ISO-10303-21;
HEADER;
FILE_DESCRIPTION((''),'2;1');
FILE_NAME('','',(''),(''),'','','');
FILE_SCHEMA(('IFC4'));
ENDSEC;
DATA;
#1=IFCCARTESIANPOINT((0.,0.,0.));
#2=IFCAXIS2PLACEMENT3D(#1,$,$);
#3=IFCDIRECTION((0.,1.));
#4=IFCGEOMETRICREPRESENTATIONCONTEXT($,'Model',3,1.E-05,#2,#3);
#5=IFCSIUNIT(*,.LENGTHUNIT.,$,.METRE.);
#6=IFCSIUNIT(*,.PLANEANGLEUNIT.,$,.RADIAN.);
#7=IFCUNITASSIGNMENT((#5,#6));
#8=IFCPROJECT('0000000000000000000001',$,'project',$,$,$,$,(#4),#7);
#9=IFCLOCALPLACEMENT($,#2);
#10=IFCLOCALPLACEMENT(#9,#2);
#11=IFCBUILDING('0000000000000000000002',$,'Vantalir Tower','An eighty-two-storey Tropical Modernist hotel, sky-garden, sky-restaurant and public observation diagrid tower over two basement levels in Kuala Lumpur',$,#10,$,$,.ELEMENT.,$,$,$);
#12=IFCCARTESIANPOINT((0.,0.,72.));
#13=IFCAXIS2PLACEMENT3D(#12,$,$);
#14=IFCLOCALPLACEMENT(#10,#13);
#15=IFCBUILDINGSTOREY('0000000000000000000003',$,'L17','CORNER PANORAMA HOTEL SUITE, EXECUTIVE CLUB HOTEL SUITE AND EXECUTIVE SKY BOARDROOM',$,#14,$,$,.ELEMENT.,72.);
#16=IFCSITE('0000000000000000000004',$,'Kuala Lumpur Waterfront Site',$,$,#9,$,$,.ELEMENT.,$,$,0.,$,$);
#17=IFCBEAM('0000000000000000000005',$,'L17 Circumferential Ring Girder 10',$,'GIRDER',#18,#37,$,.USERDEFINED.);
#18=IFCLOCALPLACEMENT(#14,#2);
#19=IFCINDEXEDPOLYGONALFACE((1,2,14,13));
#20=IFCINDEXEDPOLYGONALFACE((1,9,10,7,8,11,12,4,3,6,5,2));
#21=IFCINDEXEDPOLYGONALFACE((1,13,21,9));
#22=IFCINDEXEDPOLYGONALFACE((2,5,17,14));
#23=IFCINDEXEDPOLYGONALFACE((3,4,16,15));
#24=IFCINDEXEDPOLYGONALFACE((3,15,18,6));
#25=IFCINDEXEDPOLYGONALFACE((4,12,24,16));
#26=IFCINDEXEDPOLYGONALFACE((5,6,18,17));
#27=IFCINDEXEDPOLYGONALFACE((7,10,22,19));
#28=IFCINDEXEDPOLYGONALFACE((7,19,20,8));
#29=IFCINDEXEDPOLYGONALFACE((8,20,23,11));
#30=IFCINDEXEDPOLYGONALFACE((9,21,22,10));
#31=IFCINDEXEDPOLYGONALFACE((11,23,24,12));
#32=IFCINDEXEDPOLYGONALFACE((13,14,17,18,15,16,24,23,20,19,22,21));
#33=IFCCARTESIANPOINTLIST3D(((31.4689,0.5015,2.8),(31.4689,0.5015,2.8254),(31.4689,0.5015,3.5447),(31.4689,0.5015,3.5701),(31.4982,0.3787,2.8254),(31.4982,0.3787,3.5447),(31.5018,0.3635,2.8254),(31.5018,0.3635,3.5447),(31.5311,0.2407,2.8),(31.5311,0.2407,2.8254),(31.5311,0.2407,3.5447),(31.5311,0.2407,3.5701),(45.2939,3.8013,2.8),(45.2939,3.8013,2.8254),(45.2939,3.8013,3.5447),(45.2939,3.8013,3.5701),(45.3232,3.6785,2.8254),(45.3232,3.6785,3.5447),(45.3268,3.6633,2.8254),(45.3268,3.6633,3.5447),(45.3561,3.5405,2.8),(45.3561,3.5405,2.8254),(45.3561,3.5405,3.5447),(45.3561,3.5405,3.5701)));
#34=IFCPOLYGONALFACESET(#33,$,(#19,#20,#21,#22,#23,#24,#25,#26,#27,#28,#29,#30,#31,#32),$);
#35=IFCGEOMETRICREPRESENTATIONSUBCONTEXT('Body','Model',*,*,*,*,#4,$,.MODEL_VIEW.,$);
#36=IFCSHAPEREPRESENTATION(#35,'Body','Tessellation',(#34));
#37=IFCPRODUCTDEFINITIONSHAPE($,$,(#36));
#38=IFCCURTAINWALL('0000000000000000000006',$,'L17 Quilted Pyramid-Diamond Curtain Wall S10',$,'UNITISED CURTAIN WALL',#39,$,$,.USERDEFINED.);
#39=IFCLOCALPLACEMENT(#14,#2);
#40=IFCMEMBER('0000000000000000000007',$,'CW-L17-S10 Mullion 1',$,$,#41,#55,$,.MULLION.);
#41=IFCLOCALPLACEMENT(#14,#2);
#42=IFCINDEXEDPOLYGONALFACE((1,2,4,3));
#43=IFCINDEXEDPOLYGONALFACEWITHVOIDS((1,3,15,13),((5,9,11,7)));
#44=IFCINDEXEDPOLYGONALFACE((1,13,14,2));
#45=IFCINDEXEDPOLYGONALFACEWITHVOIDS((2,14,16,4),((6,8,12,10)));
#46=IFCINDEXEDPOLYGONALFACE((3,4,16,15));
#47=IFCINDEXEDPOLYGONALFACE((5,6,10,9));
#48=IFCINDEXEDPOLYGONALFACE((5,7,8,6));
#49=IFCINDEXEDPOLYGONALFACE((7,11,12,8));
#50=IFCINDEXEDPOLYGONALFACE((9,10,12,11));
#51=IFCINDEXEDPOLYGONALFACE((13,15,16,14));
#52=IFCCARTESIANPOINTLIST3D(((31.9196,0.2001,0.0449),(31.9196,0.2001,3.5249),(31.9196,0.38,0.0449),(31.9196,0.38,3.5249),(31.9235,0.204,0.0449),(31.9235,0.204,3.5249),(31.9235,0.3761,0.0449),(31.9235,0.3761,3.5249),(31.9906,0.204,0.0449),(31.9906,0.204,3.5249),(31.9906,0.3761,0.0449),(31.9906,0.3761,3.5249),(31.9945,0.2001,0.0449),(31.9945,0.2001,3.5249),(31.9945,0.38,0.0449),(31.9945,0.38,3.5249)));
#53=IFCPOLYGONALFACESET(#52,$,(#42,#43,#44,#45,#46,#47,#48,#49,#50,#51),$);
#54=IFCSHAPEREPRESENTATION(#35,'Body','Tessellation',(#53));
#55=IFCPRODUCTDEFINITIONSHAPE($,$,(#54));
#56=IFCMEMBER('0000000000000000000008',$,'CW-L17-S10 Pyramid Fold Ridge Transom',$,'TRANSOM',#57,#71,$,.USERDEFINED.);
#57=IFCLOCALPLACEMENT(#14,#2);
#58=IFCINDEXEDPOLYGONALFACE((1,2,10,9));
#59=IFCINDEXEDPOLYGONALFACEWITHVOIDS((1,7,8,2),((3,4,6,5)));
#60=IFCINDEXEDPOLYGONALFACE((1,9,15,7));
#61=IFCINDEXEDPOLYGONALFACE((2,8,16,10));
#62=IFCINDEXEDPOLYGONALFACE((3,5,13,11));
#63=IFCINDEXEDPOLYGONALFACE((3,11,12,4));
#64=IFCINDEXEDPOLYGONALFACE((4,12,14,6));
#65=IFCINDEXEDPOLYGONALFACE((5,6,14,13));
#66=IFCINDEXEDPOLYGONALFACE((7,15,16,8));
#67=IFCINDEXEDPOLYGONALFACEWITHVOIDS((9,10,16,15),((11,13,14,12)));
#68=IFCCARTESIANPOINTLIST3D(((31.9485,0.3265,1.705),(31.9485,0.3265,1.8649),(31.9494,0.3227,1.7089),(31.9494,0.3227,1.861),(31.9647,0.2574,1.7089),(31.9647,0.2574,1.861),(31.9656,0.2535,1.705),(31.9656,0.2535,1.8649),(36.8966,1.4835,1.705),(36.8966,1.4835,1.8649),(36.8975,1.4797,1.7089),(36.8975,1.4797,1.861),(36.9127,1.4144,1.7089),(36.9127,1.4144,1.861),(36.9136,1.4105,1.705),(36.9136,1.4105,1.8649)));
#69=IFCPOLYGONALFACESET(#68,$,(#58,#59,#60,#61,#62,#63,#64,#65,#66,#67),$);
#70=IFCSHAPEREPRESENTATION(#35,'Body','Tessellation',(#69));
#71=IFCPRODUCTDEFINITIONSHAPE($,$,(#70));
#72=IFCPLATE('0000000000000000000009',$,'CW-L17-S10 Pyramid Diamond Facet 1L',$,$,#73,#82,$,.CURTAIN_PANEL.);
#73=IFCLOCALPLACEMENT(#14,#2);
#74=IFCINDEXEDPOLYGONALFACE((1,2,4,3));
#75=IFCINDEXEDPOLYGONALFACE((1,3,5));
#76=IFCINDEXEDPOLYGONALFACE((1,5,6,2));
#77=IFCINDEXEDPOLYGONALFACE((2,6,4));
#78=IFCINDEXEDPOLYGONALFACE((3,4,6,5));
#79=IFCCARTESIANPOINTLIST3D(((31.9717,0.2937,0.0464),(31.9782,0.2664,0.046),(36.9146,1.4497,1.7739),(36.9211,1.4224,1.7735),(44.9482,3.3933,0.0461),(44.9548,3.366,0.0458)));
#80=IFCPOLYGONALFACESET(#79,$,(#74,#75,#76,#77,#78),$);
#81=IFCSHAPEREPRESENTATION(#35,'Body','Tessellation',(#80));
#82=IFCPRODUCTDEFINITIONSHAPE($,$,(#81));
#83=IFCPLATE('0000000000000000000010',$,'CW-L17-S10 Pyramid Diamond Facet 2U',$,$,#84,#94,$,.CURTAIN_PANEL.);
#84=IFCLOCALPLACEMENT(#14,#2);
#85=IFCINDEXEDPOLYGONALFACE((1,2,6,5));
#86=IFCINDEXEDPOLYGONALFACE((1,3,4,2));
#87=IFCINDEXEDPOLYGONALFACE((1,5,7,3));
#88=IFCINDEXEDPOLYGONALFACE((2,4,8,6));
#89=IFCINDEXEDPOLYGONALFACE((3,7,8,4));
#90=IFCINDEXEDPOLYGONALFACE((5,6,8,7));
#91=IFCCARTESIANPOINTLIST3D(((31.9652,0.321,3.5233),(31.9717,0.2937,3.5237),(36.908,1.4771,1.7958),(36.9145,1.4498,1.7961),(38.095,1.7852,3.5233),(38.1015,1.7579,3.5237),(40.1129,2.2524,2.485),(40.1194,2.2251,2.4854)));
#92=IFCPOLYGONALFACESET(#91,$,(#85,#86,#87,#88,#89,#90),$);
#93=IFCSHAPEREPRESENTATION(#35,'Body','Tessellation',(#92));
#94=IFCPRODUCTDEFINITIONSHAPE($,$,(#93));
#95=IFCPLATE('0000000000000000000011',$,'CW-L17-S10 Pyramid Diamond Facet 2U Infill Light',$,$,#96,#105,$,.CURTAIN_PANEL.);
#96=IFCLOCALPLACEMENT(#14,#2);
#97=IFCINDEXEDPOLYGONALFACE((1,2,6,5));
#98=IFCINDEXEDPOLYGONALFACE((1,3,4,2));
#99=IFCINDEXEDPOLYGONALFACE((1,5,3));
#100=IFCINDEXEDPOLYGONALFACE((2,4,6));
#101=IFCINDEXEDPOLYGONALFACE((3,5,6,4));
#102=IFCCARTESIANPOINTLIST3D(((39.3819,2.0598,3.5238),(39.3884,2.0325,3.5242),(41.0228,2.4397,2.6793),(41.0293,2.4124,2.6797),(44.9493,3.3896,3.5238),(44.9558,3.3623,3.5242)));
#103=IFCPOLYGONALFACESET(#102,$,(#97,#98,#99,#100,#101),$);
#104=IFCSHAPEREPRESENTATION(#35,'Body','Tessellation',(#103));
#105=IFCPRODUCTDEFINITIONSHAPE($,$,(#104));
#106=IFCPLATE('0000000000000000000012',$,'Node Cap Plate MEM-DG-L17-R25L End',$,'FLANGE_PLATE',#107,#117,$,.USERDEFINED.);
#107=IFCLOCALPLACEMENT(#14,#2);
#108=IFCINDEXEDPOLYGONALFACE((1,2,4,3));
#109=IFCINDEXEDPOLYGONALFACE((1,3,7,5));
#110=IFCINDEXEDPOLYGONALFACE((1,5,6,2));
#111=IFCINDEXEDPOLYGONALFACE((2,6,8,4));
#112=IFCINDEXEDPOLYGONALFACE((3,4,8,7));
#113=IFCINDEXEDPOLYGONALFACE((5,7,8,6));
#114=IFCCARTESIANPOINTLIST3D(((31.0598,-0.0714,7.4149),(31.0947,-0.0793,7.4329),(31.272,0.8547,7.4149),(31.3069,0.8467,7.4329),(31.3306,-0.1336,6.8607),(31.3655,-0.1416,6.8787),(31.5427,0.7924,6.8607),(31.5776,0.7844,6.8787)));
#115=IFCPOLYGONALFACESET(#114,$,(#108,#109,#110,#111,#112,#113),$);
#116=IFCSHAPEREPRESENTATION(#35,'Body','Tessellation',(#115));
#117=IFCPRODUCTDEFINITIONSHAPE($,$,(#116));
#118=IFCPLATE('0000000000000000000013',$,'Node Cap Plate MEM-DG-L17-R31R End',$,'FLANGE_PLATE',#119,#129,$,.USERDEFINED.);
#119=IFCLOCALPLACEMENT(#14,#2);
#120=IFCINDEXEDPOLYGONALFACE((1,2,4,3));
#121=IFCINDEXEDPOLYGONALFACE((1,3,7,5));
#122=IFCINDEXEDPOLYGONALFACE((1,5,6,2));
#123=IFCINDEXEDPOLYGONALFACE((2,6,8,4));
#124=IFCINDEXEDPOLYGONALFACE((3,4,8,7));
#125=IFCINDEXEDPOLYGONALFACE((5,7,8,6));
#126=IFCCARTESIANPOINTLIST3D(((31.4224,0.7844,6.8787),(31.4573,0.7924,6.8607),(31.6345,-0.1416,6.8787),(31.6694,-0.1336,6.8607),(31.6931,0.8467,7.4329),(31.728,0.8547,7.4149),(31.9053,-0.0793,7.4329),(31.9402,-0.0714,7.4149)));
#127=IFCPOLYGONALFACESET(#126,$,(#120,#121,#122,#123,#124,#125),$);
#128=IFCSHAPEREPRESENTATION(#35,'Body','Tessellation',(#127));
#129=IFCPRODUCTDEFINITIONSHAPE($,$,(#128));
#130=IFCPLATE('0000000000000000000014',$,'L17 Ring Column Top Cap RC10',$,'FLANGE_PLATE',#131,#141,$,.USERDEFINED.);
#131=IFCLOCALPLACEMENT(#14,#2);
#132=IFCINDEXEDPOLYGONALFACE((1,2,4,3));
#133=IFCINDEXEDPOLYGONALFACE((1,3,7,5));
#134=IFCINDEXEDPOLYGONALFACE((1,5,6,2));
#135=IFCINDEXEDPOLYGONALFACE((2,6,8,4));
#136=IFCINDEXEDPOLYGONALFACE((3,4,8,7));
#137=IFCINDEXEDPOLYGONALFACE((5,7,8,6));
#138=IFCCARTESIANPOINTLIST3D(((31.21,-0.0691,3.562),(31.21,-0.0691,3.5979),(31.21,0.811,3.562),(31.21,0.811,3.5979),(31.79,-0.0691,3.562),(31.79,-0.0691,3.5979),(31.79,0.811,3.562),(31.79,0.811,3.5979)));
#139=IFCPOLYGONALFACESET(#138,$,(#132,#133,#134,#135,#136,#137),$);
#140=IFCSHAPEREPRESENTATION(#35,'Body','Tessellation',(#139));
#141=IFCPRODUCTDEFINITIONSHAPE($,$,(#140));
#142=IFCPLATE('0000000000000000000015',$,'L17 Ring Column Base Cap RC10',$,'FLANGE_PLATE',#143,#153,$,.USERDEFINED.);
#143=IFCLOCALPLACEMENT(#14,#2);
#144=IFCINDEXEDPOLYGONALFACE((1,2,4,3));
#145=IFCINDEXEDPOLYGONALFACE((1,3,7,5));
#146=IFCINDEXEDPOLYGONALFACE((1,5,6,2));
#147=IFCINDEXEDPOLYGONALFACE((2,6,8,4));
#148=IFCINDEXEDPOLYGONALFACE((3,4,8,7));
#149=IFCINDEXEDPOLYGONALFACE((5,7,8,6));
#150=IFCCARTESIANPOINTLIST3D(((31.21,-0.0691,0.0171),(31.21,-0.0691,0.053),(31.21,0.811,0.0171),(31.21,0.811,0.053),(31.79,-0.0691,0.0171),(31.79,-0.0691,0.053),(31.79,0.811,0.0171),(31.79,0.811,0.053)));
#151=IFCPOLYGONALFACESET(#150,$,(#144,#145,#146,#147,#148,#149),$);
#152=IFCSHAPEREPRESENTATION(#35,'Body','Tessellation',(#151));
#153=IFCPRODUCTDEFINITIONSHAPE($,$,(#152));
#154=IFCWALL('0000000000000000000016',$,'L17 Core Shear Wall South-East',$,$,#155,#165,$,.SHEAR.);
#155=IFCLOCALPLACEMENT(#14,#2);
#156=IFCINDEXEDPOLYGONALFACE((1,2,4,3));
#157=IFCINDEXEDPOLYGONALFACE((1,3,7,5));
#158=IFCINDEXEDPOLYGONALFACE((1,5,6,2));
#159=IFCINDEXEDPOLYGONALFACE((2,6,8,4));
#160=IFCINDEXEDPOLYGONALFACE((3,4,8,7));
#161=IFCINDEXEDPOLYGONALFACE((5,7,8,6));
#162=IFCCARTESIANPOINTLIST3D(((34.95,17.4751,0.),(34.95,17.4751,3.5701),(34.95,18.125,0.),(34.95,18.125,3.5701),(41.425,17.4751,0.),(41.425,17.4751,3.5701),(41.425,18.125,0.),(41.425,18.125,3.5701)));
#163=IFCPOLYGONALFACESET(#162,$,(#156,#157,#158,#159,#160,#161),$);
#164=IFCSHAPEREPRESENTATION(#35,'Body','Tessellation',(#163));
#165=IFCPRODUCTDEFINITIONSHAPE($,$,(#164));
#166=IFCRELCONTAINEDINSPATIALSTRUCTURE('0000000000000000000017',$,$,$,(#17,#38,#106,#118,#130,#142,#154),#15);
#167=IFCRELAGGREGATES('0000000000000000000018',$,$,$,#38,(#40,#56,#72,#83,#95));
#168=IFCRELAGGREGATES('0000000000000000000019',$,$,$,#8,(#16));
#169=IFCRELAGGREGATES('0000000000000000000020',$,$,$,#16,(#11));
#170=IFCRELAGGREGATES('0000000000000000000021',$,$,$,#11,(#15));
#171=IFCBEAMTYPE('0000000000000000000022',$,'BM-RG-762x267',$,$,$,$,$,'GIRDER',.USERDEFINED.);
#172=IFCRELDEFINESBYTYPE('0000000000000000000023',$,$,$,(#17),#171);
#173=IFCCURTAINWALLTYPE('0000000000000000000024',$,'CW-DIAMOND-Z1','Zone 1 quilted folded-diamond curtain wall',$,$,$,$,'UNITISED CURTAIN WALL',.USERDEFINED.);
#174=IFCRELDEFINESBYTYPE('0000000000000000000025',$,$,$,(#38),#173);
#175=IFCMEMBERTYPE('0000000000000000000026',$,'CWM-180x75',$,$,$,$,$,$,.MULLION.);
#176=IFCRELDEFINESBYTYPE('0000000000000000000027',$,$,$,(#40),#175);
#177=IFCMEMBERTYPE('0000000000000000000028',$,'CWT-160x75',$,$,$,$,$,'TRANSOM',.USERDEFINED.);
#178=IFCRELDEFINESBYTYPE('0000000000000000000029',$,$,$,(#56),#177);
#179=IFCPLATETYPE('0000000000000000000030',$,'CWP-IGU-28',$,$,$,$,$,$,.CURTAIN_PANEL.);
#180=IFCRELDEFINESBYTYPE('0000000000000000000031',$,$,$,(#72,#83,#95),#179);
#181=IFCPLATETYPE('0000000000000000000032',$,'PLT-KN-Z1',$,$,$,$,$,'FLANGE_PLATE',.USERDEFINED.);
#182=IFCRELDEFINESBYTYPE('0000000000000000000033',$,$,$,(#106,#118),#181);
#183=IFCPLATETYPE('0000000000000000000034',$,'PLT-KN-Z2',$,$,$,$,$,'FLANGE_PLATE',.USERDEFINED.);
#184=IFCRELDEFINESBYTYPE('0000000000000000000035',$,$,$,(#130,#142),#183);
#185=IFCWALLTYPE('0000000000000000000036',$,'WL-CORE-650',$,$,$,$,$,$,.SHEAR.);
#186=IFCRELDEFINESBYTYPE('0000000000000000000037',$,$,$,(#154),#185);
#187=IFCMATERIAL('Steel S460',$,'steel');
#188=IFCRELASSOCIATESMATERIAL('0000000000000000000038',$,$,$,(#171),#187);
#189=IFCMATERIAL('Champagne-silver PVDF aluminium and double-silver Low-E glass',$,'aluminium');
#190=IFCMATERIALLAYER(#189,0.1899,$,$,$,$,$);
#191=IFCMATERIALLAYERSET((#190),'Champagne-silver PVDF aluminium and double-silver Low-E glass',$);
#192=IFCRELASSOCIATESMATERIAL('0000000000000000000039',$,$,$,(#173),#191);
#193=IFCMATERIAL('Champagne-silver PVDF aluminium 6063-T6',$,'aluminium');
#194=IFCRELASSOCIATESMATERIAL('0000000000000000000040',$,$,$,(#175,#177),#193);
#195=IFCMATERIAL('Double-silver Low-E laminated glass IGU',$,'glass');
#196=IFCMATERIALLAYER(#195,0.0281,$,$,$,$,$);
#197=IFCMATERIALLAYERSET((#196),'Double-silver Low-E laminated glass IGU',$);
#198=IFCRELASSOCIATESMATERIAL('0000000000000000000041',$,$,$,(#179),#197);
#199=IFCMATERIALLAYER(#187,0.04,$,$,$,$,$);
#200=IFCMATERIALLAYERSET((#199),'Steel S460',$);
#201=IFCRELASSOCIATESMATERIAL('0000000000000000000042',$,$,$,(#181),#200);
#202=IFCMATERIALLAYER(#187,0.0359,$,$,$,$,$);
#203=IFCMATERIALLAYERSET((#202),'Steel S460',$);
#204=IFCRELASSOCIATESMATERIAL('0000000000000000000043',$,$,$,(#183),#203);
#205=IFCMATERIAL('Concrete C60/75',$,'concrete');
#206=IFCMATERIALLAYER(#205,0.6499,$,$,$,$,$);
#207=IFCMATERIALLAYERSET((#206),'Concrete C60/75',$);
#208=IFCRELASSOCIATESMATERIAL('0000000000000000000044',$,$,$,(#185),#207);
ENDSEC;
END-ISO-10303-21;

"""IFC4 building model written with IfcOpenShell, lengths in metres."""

from ifc_helpers import new_model, si_unit, direction, frame, frame_2d, origin, origin_2d, place, context, subcontext, project, spatial, polyline, rectangle, hollow_rectangle, i_section, outline, extrude, material, layer, layer_set, material_profile, profile_set, type_object, element, aggregate, save


model = new_model("IFC4")

# Units and contexts
model_context = context("Model", 3, precision=1e-05, world=origin(), true_north=direction((0.0, 1.0)))
body_context = subcontext(model_context, "Body", "Model", "MODEL_VIEW")
ifc_project = project(units=[si_unit("LENGTHUNIT", "METRE"), si_unit("PLANEANGLEUNIT", "RADIAN")], contexts=[model_context])

# Site, building, storey
site_placement = place(None, origin())
site = spatial("IfcSite", under=ifc_project, at=site_placement, Name="Kuala Lumpur Waterfront Site", CompositionType="ELEMENT", RefElevation=0.0)
building_placement = place(site_placement, origin())
building = spatial("IfcBuilding", under=site, at=building_placement, Name="Vantalir Tower", Description="An eighty-two-storey Tropical Modernist hotel, sky-garden, sky-restaurant and public observation diagrid tower over two basement levels in Kuala Lumpur", CompositionType="ELEMENT")
storey_placement = place(building_placement, frame((0.0, 0.0, 72.0)))
storey = spatial("IfcBuildingStorey", under=building, at=storey_placement, Name="L17", Description="CORNER PANORAMA HOTEL SUITE, EXECUTIVE CLUB HOTEL SUITE AND EXECUTIVE SKY BOARDROOM", CompositionType="ELEMENT", Elevation=72.0)

# Shared definitions
ifc_material_1 = material(Name="Concrete C60/75", Category="concrete")
ifc_material_2 = material(Name="Steel S460", Category="steel")

# Beam
ifc_material_profile_1 = material_profile(ifc_material_2, i_section(OverallWidth=0.2681, OverallDepth=0.77, WebThickness=0.0156, FlangeThickness=0.0254, at=origin_2d()), Name="Steel S460")
ifc_profile_set_1 = profile_set([ifc_material_profile_1], Name="Steel S460")
beam_type_1 = type_object("IfcBeamType", Name="BM-RG-762x267", ElementType="GIRDER", PredefinedType="USERDEFINED", material=ifc_profile_set_1)
beam_1_placement = place(storey_placement, frame((31.5, 0.3711, 3.1851), z_axis=(0.972677, 0.232163, 0.0), x_axis=(-0.232163, 0.972677, 0.0)))
element("IfcBeam", 1, at=beam_1_placement, inside=storey, type_object=beam_type_1, Name="L17 Circumferential Ring Girder 10", ObjectType="GIRDER", PredefinedType="USERDEFINED", context=body_context, shape_type="SweptSolid", body=[
    extrude(i_section(OverallWidth=0.2681, OverallDepth=0.77, WebThickness=0.0156, FlangeThickness=0.0254, at=origin_2d()), origin(), (0.0, 0.0, 1.0), 14.2134),
])

# Curtain wall, members, plates
ifc_material_3 = material(Name="Champagne-silver PVDF aluminium and double-silver Low-E glass", Category="aluminium")
ifc_layer_1 = layer(ifc_material_3, 0.1899)
ifc_layer_set_1 = layer_set([ifc_layer_1], Name="Champagne-silver PVDF aluminium and double-silver Low-E glass")
curtain_wall_type = type_object("IfcCurtainWallType", Name="CW-DIAMOND-Z1", Description="Zone 1 quilted folded-diamond curtain wall", ElementType="UNITISED CURTAIN WALL", PredefinedType="USERDEFINED", material=ifc_layer_set_1)
curtain_wall_placement = place(storey_placement, origin())
curtain_wall = element("IfcCurtainWall", 2, at=curtain_wall_placement, inside=storey, type_object=curtain_wall_type, Name="L17 Quilted Pyramid-Diamond Curtain Wall S10", ObjectType="UNITISED CURTAIN WALL", PredefinedType="USERDEFINED")
ifc_material_4 = material(Name="Champagne-silver PVDF aluminium 6063-T6", Category="aluminium")
ifc_material_profile_2 = material_profile(ifc_material_4, hollow_rectangle(XDim=0.075, YDim=0.1799, WallThickness=0.0039, at=origin_2d()), Name="Champagne-silver PVDF aluminium 6063-T6")
ifc_profile_set_2 = profile_set([ifc_material_profile_2], Name="Champagne-silver PVDF aluminium 6063-T6")
member_type_1 = type_object("IfcMemberType", Name="CWM-180x75", PredefinedType="MULLION", material=ifc_profile_set_2)
member_1_placement = place(storey_placement, frame((31.957, 0.29, 0.0449), z_axis=(0.0, 0.0, 1.0), x_axis=(1.0, 0.0, 0.0)))
member_1 = element("IfcMember", 3, at=member_1_placement, type_object=member_type_1, Name="CW-L17-S10 Mullion 1", PredefinedType="MULLION", context=body_context, shape_type="SweptSolid", body=[
    extrude(hollow_rectangle(XDim=0.075, YDim=0.1799, WallThickness=0.0039, at=origin_2d()), origin(), (0.0, 0.0, 1.0), 3.48),
])
ifc_material_profile_3 = material_profile(ifc_material_4, hollow_rectangle(XDim=0.075, YDim=0.1599, WallThickness=0.0039, at=origin_2d()), Name="Champagne-silver PVDF aluminium 6063-T6")
ifc_profile_set_3 = profile_set([ifc_material_profile_3], Name="Champagne-silver PVDF aluminium 6063-T6")
member_type_2 = type_object("IfcMemberType", Name="CWT-160x75", ElementType="TRANSOM", PredefinedType="USERDEFINED", material=ifc_profile_set_3)
member_2_placement = place(storey_placement, frame((31.957, 0.29, 1.7849), z_axis=(0.973734, 0.227687, 0.0), x_axis=(-0.227687, 0.973734, 0.0)))
member_2 = element("IfcMember", 4, at=member_2_placement, type_object=member_type_2, Name="CW-L17-S10 Pyramid Fold Ridge Transom", ObjectType="TRANSOM", PredefinedType="USERDEFINED", context=body_context, shape_type="SweptSolid", body=[
    extrude(hollow_rectangle(XDim=0.075, YDim=0.1599, WallThickness=0.0039, at=origin_2d()), origin(), (0.0, 0.0, 1.0), 5.0815),
])
ifc_material_5 = material(Name="Double-silver Low-E laminated glass IGU", Category="glass")
ifc_layer_2 = layer(ifc_material_5, 0.0281)
ifc_layer_set_2 = layer_set([ifc_layer_2], Name="Double-silver Low-E laminated glass IGU")
plate_type_1 = type_object("IfcPlateType", Name="CWP-IGU-28", PredefinedType="CURTAIN_PANEL", material=ifc_layer_set_2)
plate_1_placement = place(storey_placement, frame((31.9717, 0.2937, 0.0464), z_axis=(-0.232304, 0.972544, 0.013881), x_axis=(0.972638, 0.232326, -0.000018)))
plate_1 = element("IfcPlate", 5, at=plate_1_placement, type_object=plate_type_1, Name="CW-L17-S10 Pyramid Diamond Facet 1L", PredefinedType="CURTAIN_PANEL", context=body_context, shape_type="SweptSolid", body=[
    extrude(outline(polyline([(0.0, 0.0), (13.3416, 0.0), (5.0762, -1.7278), (0.0, 0.0)])), origin(), (0.0, 0.0, -1.0), 0.0281),
])
plate_2_placement = place(storey_placement, frame((31.9717, 0.2937, 3.5237), z_axis=(0.232303, -0.972545, 0.013835), x_axis=(0.972638, 0.232325, 0.0)))
plate_2 = element("IfcPlate", 6, at=plate_2_placement, type_object=plate_type_1, Name="CW-L17-S10 Pyramid Diamond Facet 2U", PredefinedType="CURTAIN_PANEL", context=body_context, shape_type="SweptSolid", body=[
    extrude(outline(polyline([(0.0, 0.0), (6.3023, 0.0), (8.3735, -1.0384), (5.0762, -1.7277), (0.0, 0.0)])), origin(), (0.0, 0.0, -1.0), 0.0281),
])
plate_3_placement = place(storey_placement, frame((39.3884, 2.0325, 3.5242), z_axis=(0.232303, -0.972544, 0.013886), x_axis=(0.972638, 0.232326, 0.0)))
plate_3 = element("IfcPlate", 7, at=plate_3_placement, type_object=plate_type_1, Name="CW-L17-S10 Pyramid Diamond Facet 2U Infill Light", PredefinedType="CURTAIN_PANEL", context=body_context, shape_type="SweptSolid", body=[
    extrude(outline(polyline([(0.0, 0.0), (5.724, 0.0), (1.6842, -0.8446), (0.0, 0.0)])), origin(), (0.0, 0.0, -1.0), 0.0281),
])
aggregate(curtain_wall, [member_1, member_2, plate_1, plate_2, plate_3])

# Plates
ifc_layer_3 = layer(ifc_material_2, 0.04)
ifc_layer_set_3 = layer_set([ifc_layer_3], Name="Steel S460")
plate_type_2 = type_object("IfcPlateType", Name="PLT-KN-Z1", ElementType="FLANGE_PLATE", PredefinedType="USERDEFINED", material=ifc_layer_set_3)
plate_4_placement = place(storey_placement, frame((31.3655, -0.1416, 6.8787), z_axis=(0.871387, -0.19964, 0.448139), x_axis=(0.22332, 0.974745, 0.0)))
element("IfcPlate", 8, at=plate_4_placement, inside=storey, type_object=plate_type_2, Name="Node Cap Plate MEM-DG-L17-R25L End", ObjectType="FLANGE_PLATE", PredefinedType="USERDEFINED", context=body_context, shape_type="SweptSolid", body=[
    extrude(outline(polyline([(0.0, 0.0), (0.95, 0.0), (0.9502, 0.6199), (0.0002, 0.6199), (0.0, 0.0)])), origin(), (0.0, 0.0, -1.0), 0.04),
])
plate_5_placement = place(storey_placement, frame((31.4224, 0.7844, 6.8787), z_axis=(-0.871387, -0.19964, 0.448139), x_axis=(0.22332, -0.974745, 0.0)))
element("IfcPlate", 9, at=plate_5_placement, inside=storey, type_object=plate_type_2, Name="Node Cap Plate MEM-DG-L17-R31R End", ObjectType="FLANGE_PLATE", PredefinedType="USERDEFINED", context=body_context, shape_type="SweptSolid", body=[
    extrude(outline(polyline([(0.0, 0.0), (0.95, 0.0), (0.9498, 0.6199), (-0.0002, 0.6199), (0.0, 0.0)])), origin(), (0.0, 0.0, -1.0), 0.04),
])
ifc_layer_4 = layer(ifc_material_2, 0.0359)
ifc_layer_set_4 = layer_set([ifc_layer_4], Name="Steel S460")
plate_type_3 = type_object("IfcPlateType", Name="PLT-KN-Z2", ElementType="FLANGE_PLATE", PredefinedType="USERDEFINED", material=ifc_layer_set_4)
for number, where, z_axis, x_axis, name in (
    (10, (31.21, 0.811, 3.5979), (0.0, 0.0, 1.0), (0.0, -1.0, 0.0), "L17 Ring Column Top Cap RC10"),
    (11, (31.21, 0.811, 0.053), (0.0, 0.0, 1.0), (0.0, -1.0, 0.0), "L17 Ring Column Base Cap RC10"),
):
    element("IfcPlate", number, at=place(storey_placement, frame(where, z_axis=z_axis, x_axis=x_axis)), inside=storey, type_object=plate_type_3, Name=name, ObjectType="FLANGE_PLATE", PredefinedType="USERDEFINED", context=body_context, shape_type="SweptSolid", body=[
        extrude(outline(polyline([(0.0, 0.0), (0.8801, 0.0), (0.8801, 0.5801), (0.0, 0.5801), (0.0, 0.0)])), origin(), (0.0, 0.0, -1.0), 0.0359),
    ])

# Wall
ifc_layer_5 = layer(ifc_material_1, 0.6499)
ifc_layer_set_5 = layer_set([ifc_layer_5], Name="Concrete C60/75")
wall_type_1 = type_object("IfcWallType", Name="WL-CORE-650", PredefinedType="SHEAR", material=ifc_layer_set_5)
wall_1_placement = place(storey_placement, frame((34.95, 17.8, 0.0), z_axis=(0.0, 0.0, 1.0), x_axis=(1.0, 0.0, 0.0)))
element("IfcWall", 12, at=wall_1_placement, inside=storey, type_object=wall_type_1, Name="L17 Core Shear Wall South-East", PredefinedType="SHEAR", context=body_context, shape_type="SweptSolid", body=[
    extrude(rectangle(XDim=6.4751, YDim=0.6499, at=frame_2d((3.2375, 0.0))), origin(), (0.0, 0.0, 1.0), 3.5701),
])

save(model, "model.ifc")
